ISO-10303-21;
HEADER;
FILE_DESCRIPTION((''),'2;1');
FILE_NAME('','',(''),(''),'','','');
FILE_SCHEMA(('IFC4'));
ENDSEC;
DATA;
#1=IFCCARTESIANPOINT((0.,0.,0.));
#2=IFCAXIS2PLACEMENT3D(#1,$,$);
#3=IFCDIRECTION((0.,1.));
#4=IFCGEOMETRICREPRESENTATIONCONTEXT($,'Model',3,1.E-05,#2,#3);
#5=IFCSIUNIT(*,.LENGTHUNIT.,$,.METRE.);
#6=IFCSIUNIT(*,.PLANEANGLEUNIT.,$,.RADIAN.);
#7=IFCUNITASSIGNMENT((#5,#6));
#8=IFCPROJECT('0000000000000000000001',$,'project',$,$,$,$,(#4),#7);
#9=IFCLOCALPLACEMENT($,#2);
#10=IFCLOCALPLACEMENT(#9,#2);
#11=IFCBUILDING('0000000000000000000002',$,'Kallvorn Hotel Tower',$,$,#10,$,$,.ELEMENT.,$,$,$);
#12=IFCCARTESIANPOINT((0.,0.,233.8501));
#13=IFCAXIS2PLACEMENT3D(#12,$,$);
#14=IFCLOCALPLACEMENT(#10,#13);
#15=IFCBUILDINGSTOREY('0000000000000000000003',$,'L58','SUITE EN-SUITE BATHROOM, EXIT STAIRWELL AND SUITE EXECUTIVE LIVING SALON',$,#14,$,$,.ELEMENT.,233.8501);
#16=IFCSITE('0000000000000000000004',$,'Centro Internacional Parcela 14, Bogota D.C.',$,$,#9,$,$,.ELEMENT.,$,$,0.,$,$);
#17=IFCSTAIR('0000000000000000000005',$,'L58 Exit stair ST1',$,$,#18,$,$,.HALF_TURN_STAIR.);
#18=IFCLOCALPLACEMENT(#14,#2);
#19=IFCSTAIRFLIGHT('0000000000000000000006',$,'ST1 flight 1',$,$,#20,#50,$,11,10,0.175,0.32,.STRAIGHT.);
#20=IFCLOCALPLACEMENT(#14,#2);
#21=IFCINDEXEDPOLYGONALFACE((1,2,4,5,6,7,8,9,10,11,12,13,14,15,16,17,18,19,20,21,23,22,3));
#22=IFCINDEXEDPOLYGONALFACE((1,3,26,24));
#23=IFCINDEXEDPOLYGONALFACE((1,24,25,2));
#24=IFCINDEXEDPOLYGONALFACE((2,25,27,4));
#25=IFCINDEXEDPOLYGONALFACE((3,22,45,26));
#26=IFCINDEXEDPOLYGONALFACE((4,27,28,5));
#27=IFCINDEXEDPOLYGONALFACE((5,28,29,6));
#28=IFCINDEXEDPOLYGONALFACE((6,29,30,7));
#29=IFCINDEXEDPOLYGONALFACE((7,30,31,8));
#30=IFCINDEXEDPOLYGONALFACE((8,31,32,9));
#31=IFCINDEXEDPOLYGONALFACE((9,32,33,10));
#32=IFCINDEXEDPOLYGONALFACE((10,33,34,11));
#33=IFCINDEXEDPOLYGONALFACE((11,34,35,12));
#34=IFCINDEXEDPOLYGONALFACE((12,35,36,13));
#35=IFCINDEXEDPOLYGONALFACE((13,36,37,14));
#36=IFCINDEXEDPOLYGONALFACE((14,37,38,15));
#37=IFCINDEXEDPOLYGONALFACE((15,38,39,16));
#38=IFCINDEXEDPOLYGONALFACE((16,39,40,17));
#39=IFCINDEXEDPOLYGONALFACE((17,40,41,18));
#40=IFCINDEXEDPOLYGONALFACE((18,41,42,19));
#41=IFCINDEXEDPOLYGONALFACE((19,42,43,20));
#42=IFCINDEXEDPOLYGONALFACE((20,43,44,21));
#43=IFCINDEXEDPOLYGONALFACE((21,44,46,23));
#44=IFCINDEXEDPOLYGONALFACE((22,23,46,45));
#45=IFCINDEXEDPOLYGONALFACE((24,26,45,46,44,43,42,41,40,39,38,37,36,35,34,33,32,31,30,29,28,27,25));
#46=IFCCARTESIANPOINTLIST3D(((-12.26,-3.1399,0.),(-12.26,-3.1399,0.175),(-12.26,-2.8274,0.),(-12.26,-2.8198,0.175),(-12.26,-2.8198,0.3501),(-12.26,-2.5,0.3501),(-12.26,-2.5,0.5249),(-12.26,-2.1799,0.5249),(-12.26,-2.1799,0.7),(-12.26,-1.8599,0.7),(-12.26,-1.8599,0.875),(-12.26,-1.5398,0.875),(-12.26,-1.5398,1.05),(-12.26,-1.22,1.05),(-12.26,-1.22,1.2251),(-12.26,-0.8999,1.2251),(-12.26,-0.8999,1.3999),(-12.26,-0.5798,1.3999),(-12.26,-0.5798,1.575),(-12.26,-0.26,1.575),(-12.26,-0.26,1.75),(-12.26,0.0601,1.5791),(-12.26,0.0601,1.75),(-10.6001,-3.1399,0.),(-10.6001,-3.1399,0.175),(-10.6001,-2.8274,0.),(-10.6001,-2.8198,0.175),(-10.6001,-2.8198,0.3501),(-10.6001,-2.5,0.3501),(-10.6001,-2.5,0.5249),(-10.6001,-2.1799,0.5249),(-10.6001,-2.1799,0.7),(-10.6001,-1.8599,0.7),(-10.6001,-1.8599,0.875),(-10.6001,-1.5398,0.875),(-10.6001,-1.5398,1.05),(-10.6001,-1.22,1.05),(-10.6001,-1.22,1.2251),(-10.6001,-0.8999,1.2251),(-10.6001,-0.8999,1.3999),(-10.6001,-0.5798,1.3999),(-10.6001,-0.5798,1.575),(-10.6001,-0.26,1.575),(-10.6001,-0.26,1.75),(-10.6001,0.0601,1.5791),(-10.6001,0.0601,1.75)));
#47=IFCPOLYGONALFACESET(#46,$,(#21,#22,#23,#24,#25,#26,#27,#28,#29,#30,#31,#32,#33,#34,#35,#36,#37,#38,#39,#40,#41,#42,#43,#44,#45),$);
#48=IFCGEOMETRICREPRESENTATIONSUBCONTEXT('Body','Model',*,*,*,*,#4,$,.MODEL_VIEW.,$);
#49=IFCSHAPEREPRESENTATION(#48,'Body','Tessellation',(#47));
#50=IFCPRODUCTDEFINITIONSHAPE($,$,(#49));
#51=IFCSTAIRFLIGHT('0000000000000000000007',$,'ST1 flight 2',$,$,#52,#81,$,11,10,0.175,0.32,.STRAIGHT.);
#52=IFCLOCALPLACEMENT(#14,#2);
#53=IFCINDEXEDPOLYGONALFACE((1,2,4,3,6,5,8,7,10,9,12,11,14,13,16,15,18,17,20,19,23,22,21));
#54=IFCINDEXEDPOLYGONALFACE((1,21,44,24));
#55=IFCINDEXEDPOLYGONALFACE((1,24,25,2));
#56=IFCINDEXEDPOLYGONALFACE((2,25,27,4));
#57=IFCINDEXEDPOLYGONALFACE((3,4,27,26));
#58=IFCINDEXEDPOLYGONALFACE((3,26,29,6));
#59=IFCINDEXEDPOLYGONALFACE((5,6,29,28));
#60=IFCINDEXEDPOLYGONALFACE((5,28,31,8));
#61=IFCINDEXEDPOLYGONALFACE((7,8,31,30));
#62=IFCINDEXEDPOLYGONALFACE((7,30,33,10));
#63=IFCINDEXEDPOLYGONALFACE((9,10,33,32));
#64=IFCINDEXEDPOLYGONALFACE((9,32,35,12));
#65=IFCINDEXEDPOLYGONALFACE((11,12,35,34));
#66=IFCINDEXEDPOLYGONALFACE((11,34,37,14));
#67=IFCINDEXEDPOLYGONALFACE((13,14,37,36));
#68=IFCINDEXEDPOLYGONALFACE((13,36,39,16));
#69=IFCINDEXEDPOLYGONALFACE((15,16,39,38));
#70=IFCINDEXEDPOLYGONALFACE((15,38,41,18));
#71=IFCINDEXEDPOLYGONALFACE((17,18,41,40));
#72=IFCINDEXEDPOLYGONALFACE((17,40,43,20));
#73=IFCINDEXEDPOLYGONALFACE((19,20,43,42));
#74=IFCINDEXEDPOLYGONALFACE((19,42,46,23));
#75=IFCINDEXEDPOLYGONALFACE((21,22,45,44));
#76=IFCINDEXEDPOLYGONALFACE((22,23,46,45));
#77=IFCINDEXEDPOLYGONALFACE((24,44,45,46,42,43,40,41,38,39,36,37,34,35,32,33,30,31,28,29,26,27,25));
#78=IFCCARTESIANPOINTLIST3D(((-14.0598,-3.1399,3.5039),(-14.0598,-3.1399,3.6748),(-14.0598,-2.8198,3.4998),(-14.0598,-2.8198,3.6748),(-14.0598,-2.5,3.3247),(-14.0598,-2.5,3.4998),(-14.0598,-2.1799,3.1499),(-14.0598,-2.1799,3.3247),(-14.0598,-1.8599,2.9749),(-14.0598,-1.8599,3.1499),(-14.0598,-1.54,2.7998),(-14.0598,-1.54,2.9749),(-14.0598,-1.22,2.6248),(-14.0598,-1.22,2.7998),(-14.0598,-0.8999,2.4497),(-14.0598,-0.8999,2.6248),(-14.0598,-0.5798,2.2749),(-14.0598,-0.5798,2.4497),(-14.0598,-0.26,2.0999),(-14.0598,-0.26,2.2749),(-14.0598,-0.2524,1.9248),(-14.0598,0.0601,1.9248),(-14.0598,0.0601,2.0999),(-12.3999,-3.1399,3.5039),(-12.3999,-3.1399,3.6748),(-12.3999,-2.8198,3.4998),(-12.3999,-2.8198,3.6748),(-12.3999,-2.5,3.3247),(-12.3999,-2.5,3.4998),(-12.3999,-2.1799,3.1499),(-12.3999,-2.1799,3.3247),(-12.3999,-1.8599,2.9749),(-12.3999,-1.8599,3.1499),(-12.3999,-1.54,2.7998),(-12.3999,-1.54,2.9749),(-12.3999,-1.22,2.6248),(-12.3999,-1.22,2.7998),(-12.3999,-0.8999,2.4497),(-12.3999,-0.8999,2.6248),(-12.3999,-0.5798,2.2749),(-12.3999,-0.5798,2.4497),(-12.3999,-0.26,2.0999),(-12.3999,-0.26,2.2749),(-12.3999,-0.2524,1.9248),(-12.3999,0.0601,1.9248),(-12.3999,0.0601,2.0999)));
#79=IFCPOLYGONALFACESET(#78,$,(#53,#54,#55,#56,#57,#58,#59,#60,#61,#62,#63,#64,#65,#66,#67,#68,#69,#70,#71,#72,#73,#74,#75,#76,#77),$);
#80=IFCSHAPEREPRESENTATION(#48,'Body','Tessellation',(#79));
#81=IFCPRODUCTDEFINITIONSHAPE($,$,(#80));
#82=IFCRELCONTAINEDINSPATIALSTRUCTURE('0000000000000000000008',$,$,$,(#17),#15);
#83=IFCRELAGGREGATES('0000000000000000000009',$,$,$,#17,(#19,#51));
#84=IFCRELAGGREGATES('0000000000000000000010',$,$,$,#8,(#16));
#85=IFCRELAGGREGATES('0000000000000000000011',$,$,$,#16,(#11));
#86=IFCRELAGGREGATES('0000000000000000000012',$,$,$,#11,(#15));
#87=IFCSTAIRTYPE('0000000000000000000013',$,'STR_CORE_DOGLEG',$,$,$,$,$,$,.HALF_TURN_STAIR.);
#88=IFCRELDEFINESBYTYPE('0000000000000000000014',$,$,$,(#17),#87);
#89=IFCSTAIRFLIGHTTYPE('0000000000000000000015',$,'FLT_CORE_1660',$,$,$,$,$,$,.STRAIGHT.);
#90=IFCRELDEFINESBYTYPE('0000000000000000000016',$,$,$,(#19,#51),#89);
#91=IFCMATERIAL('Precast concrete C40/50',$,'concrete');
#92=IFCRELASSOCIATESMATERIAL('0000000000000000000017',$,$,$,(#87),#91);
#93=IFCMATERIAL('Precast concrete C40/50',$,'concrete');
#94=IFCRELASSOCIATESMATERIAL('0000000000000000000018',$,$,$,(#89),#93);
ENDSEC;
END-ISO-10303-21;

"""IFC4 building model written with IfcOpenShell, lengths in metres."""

from ifc_helpers import new_model, si_unit, direction, frame, origin, place, context, subcontext, project, spatial, polyline, outline, extrude, material, type_object, element, aggregate, save


model = new_model("IFC4")

# Units and contexts
model_context = context("Model", 3, precision=1e-05, world=origin(), true_north=direction((0.0, 1.0)))
body_context = subcontext(model_context, "Body", "Model", "MODEL_VIEW")
ifc_project = project(units=[si_unit("LENGTHUNIT", "METRE"), si_unit("PLANEANGLEUNIT", "RADIAN")], contexts=[model_context])

# Site, building, storey
site_placement = place(None, origin())
site = spatial("IfcSite", under=ifc_project, at=site_placement, Name="Centro Internacional Parcela 14, Bogota D.C.", CompositionType="ELEMENT", RefElevation=0.0)
building_placement = place(site_placement, origin())
building = spatial("IfcBuilding", under=site, at=building_placement, Name="Kallvorn Hotel Tower", CompositionType="ELEMENT")
storey_placement = place(building_placement, frame((0.0, 0.0, 233.8501)))
storey = spatial("IfcBuildingStorey", under=building, at=storey_placement, Name="L58", Description="SUITE EN-SUITE BATHROOM, EXIT STAIRWELL AND SUITE EXECUTIVE LIVING SALON", CompositionType="ELEMENT", Elevation=233.8501)

# Stair, stair flights
ifc_material_1 = material(Name="Precast concrete C40/50", Category="concrete")
stair_type = type_object("IfcStairType", Name="STR_CORE_DOGLEG", PredefinedType="HALF_TURN_STAIR", material=ifc_material_1)
stair_placement = place(storey_placement, origin())
stair = element("IfcStair", 1, at=stair_placement, inside=storey, type_object=stair_type, Name="L58 Exit stair ST1", PredefinedType="HALF_TURN_STAIR")
ifc_material_2 = material(Name="Precast concrete C40/50", Category="concrete")
stair_flight_type = type_object("IfcStairFlightType", Name="FLT_CORE_1660", PredefinedType="STRAIGHT", material=ifc_material_2)
stair_flight_1_placement = place(storey_placement, frame((-11.4299, -3.1399, 0.0), z_axis=(0.0, 0.0, 1.0), x_axis=(0.0, 1.0, 0.0)))
stair_flight_1 = element("IfcStairFlight", 2, at=stair_flight_1_placement, type_object=stair_flight_type, Name="ST1 flight 1", NumberOfRisers=11, NumberOfTreads=10, PredefinedType="STRAIGHT", RiserHeight=0.175, TreadLength=0.32, context=body_context, shape_type="SweptSolid", body=[
    extrude(outline(polyline([(0.0, 0.0), (0.0, 0.175), (0.3201, 0.175), (0.3201, 0.3501), (0.6399, 0.3501), (0.6399, 0.5249), (0.96, 0.5249), (0.96, 0.7), (1.28, 0.7), (1.28, 0.875), (1.6001, 0.875), (1.6001, 1.05), (1.9199, 1.05), (1.9199, 1.2251), (2.24, 1.2251), (2.24, 1.3999), (2.5601, 1.3999), (2.5601, 1.575), (2.8799, 1.575), (2.8799, 1.75), (3.2, 1.75), (3.2, 1.925), (3.2, 1.5791), (0.3125, 0.0), (0.0, 0.0)])), frame((0.0, 0.8301, 0.0), z_axis=(0.0, -1.0, 0.0), x_axis=(1.0, 0.0, 0.0)), (0.0, 0.0, 1.0), 1.6599),
])
stair_flight_2_placement = place(storey_placement, frame((-13.23, 0.0601, 1.9248), z_axis=(0.0, 0.0, 1.0), x_axis=(0.0, -1.0, 0.0)))
stair_flight_2 = element("IfcStairFlight", 3, at=stair_flight_2_placement, type_object=stair_flight_type, Name="ST1 flight 2", NumberOfRisers=11, NumberOfTreads=10, PredefinedType="STRAIGHT", RiserHeight=0.175, TreadLength=0.32, context=body_context, shape_type="SweptSolid", body=[
    extrude(outline(polyline([(0.0, 0.0), (0.0, 0.175), (0.3201, 0.175), (0.3201, 0.3501), (0.6399, 0.3501), (0.6399, 0.5249), (0.96, 0.5249), (0.96, 0.7), (1.28, 0.7), (1.28, 0.875), (1.6001, 0.875), (1.6001, 1.05), (1.9199, 1.05), (1.9199, 1.2251), (2.24, 1.2251), (2.24, 1.3999), (2.5601, 1.3999), (2.5601, 1.575), (2.8799, 1.575), (2.8799, 1.75), (3.2, 1.75), (3.2, 1.925), (3.2, 1.5791), (0.3125, 0.0), (0.0, 0.0)])), frame((0.0, 0.8301, 0.0), z_axis=(0.0, -1.0, 0.0), x_axis=(1.0, 0.0, 0.0)), (0.0, 0.0, 1.0), 1.6599),
])
aggregate(stair, [stair_flight_1, stair_flight_2])

save(model, "model.ifc")
